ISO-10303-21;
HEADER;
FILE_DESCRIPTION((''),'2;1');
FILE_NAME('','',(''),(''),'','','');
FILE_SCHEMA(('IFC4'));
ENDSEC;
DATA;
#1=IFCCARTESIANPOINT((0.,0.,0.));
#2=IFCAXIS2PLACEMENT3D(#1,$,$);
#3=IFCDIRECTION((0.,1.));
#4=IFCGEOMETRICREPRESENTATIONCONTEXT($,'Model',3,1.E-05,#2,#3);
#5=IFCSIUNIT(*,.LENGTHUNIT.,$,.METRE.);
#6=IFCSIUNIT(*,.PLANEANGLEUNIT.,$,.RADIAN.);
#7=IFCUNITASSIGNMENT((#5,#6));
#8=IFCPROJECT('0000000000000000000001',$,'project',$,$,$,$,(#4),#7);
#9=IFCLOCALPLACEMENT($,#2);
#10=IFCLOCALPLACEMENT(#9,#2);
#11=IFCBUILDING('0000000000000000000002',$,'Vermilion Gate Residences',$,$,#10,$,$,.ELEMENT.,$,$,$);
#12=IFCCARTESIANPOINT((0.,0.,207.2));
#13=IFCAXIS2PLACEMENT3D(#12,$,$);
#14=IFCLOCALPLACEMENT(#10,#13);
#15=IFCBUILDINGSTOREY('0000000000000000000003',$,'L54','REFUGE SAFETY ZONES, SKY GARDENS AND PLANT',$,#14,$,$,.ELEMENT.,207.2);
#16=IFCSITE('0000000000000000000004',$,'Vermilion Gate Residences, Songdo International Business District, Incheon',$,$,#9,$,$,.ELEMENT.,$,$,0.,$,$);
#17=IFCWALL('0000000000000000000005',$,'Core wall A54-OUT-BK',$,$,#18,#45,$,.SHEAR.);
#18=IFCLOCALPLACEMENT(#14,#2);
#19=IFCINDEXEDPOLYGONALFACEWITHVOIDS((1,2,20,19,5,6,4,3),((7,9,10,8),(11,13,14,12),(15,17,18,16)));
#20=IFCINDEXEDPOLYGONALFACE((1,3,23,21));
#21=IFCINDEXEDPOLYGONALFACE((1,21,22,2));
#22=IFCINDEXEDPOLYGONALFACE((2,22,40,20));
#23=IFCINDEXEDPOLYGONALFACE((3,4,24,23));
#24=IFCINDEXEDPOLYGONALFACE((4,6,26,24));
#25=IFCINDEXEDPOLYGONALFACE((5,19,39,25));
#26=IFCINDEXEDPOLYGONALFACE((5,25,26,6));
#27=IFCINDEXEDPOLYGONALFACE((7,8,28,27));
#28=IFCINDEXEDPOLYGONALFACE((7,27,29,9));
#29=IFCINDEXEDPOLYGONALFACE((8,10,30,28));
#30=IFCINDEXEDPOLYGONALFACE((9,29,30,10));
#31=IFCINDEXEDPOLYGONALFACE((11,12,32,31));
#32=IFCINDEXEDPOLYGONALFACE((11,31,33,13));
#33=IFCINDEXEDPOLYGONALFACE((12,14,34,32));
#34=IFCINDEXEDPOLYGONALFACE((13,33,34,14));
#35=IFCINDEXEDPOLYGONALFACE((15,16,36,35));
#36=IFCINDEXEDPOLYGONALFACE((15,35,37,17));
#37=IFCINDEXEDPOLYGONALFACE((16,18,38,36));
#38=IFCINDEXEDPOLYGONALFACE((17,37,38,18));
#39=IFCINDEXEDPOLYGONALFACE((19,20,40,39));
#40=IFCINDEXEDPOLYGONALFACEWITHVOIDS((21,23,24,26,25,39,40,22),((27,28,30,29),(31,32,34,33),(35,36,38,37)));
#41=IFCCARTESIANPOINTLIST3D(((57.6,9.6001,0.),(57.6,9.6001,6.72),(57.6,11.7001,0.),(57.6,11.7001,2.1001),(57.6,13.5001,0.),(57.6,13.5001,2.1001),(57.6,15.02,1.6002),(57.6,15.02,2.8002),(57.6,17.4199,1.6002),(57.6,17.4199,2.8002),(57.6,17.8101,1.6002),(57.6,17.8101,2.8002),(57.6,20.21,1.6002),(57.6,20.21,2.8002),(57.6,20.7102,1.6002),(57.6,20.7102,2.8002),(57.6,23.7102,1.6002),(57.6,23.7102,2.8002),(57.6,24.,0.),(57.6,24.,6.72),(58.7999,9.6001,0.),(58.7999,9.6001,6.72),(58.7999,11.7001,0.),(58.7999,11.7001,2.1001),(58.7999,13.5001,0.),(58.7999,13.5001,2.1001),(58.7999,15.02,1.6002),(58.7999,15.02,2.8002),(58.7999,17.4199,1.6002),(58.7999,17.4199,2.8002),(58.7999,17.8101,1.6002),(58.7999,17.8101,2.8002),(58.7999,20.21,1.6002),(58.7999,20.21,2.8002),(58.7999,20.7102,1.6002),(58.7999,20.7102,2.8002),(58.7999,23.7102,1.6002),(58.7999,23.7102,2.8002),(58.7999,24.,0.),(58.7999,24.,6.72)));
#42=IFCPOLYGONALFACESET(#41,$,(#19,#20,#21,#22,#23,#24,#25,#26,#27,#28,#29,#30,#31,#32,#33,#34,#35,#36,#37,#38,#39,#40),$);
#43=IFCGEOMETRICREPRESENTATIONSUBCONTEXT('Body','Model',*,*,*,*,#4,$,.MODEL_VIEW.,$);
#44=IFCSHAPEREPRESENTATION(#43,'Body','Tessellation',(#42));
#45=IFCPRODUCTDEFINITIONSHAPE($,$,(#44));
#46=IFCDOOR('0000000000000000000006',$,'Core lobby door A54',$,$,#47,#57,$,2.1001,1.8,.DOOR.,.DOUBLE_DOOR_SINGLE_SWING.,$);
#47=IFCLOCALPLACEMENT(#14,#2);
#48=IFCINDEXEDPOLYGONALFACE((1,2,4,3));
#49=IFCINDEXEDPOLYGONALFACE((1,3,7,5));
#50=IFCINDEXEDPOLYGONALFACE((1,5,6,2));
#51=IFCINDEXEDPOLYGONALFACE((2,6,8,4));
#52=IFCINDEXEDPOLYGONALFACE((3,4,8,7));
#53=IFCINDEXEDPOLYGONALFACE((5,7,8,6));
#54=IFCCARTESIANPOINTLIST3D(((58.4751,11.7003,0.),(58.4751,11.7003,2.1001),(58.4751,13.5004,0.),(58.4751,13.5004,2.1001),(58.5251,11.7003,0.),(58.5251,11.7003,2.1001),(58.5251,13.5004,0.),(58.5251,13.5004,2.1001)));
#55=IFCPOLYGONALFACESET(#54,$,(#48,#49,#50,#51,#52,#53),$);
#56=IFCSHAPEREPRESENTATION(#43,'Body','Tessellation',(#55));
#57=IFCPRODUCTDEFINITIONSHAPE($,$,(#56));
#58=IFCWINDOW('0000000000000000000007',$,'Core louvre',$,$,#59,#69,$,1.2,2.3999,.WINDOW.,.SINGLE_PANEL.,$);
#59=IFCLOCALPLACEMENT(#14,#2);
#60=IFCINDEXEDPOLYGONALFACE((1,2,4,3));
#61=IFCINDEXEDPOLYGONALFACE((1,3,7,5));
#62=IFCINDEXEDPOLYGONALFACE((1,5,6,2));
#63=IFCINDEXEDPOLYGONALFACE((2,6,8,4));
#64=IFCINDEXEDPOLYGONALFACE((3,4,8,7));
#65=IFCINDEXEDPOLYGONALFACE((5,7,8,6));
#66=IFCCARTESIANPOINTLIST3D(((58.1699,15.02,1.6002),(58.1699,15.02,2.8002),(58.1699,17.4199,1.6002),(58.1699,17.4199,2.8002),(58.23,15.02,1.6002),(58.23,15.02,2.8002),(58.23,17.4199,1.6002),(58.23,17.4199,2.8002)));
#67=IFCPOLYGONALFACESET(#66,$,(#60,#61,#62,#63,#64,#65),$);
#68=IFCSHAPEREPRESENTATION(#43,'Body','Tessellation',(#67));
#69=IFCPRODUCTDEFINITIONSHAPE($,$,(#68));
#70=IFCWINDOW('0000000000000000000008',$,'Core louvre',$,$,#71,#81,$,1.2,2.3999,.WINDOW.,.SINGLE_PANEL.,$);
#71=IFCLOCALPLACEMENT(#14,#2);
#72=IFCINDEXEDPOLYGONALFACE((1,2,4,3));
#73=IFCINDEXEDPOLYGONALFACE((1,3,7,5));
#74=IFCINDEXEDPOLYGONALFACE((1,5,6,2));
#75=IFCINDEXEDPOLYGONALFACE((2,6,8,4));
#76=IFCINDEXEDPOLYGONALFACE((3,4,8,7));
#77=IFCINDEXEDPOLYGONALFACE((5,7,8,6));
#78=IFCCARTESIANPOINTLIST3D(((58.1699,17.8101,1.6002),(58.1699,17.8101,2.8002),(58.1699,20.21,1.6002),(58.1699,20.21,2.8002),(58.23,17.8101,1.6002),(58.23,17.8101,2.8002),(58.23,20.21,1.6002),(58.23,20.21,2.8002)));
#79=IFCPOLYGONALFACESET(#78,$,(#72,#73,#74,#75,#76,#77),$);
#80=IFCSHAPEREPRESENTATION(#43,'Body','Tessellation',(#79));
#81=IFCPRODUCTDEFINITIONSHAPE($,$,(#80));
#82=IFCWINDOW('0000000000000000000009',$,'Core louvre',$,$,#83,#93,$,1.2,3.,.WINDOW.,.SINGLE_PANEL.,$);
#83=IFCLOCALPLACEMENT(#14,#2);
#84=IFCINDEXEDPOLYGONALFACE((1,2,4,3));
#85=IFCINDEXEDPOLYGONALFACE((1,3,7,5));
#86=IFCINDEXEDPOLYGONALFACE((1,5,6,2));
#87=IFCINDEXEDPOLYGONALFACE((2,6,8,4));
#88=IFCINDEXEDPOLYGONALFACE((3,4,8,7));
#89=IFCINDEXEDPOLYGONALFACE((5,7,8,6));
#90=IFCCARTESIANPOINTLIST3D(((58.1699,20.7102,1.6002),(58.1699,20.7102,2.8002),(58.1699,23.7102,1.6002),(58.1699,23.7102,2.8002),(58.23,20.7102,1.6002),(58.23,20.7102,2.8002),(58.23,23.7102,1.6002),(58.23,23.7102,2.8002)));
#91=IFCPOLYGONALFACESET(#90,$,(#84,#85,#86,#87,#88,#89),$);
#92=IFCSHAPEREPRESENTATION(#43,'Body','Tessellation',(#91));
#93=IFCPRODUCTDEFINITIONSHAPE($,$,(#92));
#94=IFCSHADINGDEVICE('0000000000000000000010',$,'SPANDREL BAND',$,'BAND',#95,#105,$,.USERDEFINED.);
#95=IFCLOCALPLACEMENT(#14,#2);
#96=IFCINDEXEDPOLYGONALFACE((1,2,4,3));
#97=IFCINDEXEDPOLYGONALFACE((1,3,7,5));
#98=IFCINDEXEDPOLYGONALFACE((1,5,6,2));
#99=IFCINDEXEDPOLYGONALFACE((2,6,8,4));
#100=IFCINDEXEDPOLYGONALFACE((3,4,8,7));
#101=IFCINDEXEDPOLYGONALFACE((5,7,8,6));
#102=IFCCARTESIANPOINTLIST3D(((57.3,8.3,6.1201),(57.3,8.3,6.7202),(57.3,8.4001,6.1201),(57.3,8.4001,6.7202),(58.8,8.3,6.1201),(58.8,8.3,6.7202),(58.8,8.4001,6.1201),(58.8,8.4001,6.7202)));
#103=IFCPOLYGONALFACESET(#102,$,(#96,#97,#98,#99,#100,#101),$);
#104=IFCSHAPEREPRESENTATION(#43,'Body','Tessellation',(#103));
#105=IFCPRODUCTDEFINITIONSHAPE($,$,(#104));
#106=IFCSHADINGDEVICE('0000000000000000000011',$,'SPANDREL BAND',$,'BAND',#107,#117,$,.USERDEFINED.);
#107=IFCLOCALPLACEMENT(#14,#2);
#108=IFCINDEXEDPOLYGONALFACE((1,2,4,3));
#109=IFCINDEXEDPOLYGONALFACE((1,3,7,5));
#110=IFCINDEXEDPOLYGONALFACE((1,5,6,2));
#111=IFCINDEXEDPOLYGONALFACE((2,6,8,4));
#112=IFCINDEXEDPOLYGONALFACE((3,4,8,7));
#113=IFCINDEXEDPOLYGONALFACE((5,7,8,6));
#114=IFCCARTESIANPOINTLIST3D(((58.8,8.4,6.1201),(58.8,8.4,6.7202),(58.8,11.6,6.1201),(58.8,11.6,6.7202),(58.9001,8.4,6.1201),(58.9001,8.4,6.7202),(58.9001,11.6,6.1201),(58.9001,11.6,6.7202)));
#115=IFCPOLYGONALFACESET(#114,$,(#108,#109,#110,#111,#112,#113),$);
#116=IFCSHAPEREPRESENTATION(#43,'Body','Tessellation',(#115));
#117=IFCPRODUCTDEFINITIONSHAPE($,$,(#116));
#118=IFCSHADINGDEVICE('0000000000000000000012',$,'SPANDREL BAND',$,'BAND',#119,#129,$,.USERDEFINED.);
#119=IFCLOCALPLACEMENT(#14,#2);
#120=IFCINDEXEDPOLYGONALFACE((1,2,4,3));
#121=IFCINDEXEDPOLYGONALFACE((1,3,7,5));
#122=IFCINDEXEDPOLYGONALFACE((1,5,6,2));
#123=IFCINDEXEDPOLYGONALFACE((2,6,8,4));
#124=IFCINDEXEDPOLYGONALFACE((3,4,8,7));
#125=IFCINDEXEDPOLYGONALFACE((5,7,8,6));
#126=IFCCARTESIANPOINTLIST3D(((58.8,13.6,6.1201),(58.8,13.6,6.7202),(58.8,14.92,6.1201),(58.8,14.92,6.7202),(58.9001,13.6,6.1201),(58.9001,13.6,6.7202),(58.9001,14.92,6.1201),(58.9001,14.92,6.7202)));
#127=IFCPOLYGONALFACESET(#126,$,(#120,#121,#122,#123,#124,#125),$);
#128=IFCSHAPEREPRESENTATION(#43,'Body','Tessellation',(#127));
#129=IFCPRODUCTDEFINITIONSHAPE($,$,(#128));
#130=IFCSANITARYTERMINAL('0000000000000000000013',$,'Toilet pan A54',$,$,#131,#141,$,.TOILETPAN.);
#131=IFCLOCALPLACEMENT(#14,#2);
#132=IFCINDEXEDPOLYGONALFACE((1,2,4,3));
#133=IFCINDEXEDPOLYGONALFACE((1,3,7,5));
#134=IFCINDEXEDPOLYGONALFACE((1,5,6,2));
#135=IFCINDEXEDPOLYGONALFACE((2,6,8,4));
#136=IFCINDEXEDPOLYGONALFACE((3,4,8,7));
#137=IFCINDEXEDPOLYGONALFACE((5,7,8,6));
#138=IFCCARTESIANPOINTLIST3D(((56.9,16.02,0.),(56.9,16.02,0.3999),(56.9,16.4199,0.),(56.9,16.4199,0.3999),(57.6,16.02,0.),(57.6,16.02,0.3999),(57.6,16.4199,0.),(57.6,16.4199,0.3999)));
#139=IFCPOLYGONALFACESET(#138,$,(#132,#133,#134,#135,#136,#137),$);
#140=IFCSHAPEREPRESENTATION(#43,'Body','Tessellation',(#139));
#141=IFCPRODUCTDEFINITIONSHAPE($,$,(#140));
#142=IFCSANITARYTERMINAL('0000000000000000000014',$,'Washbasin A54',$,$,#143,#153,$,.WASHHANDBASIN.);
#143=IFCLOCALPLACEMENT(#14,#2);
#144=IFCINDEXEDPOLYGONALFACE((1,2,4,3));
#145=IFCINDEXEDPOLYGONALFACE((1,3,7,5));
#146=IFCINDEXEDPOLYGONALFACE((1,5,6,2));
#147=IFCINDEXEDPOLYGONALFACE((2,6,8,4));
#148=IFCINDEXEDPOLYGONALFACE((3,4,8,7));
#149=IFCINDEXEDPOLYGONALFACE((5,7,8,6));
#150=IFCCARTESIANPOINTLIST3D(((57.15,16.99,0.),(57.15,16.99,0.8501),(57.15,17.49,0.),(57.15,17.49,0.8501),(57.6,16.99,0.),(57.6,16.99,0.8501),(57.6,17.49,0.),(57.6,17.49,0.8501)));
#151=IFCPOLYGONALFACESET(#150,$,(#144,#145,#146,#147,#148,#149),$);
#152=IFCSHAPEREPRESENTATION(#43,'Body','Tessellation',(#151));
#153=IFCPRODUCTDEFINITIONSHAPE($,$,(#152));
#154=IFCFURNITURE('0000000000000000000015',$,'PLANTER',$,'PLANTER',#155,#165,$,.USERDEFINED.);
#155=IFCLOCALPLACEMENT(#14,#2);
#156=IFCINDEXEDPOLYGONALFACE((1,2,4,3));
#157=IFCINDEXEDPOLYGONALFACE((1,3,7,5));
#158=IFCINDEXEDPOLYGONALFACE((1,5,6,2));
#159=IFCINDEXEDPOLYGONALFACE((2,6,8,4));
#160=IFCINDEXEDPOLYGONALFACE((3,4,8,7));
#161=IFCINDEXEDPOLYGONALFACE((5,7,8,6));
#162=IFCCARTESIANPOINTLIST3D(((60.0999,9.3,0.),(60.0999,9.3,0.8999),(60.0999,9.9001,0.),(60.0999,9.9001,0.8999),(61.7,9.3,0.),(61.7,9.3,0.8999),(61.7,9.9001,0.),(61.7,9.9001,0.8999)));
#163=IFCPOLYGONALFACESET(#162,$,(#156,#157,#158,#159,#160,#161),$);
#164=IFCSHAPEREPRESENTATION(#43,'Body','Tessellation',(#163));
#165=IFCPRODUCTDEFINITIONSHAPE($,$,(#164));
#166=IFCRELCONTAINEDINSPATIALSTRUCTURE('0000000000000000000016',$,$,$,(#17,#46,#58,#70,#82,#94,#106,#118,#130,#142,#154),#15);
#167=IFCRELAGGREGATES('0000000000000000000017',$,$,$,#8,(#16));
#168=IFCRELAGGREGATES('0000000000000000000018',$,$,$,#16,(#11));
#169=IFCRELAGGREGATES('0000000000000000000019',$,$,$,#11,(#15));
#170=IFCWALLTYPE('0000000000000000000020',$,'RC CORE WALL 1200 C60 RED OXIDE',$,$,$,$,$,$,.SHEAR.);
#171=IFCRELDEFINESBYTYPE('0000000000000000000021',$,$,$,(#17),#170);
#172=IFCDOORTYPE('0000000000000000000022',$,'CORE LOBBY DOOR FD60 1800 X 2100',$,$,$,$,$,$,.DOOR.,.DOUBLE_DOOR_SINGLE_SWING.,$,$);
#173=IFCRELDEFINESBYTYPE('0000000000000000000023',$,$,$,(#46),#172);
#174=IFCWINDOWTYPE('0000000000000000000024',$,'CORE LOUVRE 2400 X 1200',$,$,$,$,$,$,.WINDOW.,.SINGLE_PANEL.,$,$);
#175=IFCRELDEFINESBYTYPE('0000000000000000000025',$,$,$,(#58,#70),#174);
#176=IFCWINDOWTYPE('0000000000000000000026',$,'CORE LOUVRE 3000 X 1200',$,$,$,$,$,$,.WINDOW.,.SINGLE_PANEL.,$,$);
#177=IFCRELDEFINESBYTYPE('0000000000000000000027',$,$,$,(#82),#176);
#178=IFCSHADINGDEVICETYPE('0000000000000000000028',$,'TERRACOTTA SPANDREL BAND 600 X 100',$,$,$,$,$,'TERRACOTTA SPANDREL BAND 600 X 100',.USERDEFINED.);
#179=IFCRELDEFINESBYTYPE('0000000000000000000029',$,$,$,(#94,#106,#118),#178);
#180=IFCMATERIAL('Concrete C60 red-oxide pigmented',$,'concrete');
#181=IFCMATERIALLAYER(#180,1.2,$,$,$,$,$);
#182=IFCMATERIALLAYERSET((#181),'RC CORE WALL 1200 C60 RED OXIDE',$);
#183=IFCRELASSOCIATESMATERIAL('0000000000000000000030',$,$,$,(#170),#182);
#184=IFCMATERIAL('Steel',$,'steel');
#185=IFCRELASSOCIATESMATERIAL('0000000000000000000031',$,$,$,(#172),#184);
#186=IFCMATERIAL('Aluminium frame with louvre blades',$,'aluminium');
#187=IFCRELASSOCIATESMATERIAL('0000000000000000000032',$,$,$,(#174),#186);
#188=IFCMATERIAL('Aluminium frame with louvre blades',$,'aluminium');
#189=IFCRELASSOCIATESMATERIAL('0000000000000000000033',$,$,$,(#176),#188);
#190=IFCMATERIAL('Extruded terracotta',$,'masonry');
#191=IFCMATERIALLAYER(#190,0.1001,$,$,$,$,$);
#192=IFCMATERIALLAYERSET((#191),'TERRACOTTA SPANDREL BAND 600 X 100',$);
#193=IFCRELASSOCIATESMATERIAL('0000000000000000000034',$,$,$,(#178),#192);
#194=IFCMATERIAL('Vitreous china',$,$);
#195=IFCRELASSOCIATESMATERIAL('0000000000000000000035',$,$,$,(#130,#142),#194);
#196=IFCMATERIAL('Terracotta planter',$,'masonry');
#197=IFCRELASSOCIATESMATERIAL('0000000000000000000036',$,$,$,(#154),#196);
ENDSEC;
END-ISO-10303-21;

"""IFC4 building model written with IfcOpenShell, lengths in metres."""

from ifc_helpers import new_model, si_unit, direction, frame, frame_2d, origin, origin_2d, place, context, subcontext, project, spatial, rectangle, extrude, material, layer, layer_set, type_object, element, fill, save


model = new_model("IFC4")

# Units and contexts
model_context = context("Model", 3, precision=1e-05, world=origin(), true_north=direction((0.0, 1.0)))
body_context = subcontext(model_context, "Body", "Model", "MODEL_VIEW")
ifc_project = project(units=[si_unit("LENGTHUNIT", "METRE"), si_unit("PLANEANGLEUNIT", "RADIAN")], contexts=[model_context])

# Site, building, storey
site_placement = place(None, origin())
site = spatial("IfcSite", under=ifc_project, at=site_placement, Name="Vermilion Gate Residences, Songdo International Business District, Incheon", CompositionType="ELEMENT", RefElevation=0.0)
building_placement = place(site_placement, origin())
building = spatial("IfcBuilding", under=site, at=building_placement, Name="Vermilion Gate Residences", CompositionType="ELEMENT")
storey_placement = place(building_placement, frame((0.0, 0.0, 207.2)))
storey = spatial("IfcBuildingStorey", under=building, at=storey_placement, Name="L54", Description="REFUGE SAFETY ZONES, SKY GARDENS AND PLANT", CompositionType="ELEMENT", Elevation=207.2)

# Wall, openings, door, windows
ifc_material_1 = material(Name="Concrete C60 red-oxide pigmented", Category="concrete")
ifc_layer_1 = layer(ifc_material_1, 1.2)
ifc_layer_set_1 = layer_set([ifc_layer_1], Name="RC CORE WALL 1200 C60 RED OXIDE")
wall_type_1 = type_object("IfcWallType", Name="RC CORE WALL 1200 C60 RED OXIDE", PredefinedType="SHEAR", material=ifc_layer_set_1)
wall_1_placement = place(storey_placement, frame((58.2, 9.6001, 0.0), z_axis=(0.0, 0.0, 1.0), x_axis=(0.0, 1.0, 0.0)))
wall_1 = element("IfcWall", 1, at=wall_1_placement, inside=storey, type_object=wall_type_1, Name="Core wall A54-OUT-BK", PredefinedType="SHEAR", context=body_context, shape_type="SweptSolid", body=[
    extrude(rectangle(XDim=14.3999, YDim=1.2, at=frame_2d((7.2, 0.0))), origin(), (0.0, 0.0, 1.0), 6.72),
])
opening_1_placement = place(wall_1_placement, frame((2.1001, 0.0, 0.0)))
opening_1 = element("IfcOpeningElement", 2, at=opening_1_placement, cuts=wall_1, PredefinedType="OPENING", context=body_context, shape_type="SweptSolid", body=[
    extrude(rectangle(XDim=1.8, YDim=2.1001, at=frame_2d((0.8999, 1.05))), frame((0.0, 0.6099, 0.0), z_axis=(0.0, -1.0, 0.0), x_axis=(1.0, 0.0, 0.0)), (0.0, 0.0, 1.0), 1.22),
])
opening_2_placement = place(wall_1_placement, frame((5.4199, 0.0, 1.6001)))
opening_2 = element("IfcOpeningElement", 3, at=opening_2_placement, cuts=wall_1, PredefinedType="OPENING", context=body_context, shape_type="SweptSolid", body=[
    extrude(rectangle(XDim=2.3999, YDim=1.2, at=frame_2d((1.2, 0.6001))), frame((0.0, 0.6099, 0.0), z_axis=(0.0, -1.0, 0.0), x_axis=(1.0, 0.0, 0.0)), (0.0, 0.0, 1.0), 1.22),
])
opening_3_placement = place(wall_1_placement, frame((8.21, 0.0, 1.6001)))
opening_3 = element("IfcOpeningElement", 4, at=opening_3_placement, cuts=wall_1, PredefinedType="OPENING", context=body_context, shape_type="SweptSolid", body=[
    extrude(rectangle(XDim=2.3999, YDim=1.2, at=frame_2d((1.2, 0.6001))), frame((0.0, 0.6099, 0.0), z_axis=(0.0, -1.0, 0.0), x_axis=(1.0, 0.0, 0.0)), (0.0, 0.0, 1.0), 1.22),
])
opening_4_placement = place(wall_1_placement, frame((11.1101, 0.0, 1.6001)))
opening_4 = element("IfcOpeningElement", 5, at=opening_4_placement, cuts=wall_1, PredefinedType="OPENING", context=body_context, shape_type="SweptSolid", body=[
    extrude(rectangle(XDim=3.0, YDim=1.2, at=frame_2d((1.5, 0.6001))), frame((0.0, 0.6099, 0.0), z_axis=(0.0, -1.0, 0.0), x_axis=(1.0, 0.0, 0.0)), (0.0, 0.0, 1.0), 1.22),
])
ifc_material_2 = material(Name="Steel", Category="steel")
door_type_1 = type_object("IfcDoorType", Name="CORE LOBBY DOOR FD60 1800 X 2100", OperationType="DOUBLE_DOOR_SINGLE_SWING", PredefinedType="DOOR", material=ifc_material_2)
door_1_placement = place(opening_1_placement, frame((1.8, 0.0, 0.0), z_axis=(0.0, 0.0, 1.0), x_axis=(-1.0, 0.0, 0.0)))
door_1 = element("IfcDoor", 6, at=door_1_placement, inside=storey, type_object=door_type_1, Name="Core lobby door A54", OperationType="DOUBLE_DOOR_SINGLE_SWING", OverallHeight=2.1001, OverallWidth=1.8, PredefinedType="DOOR", context=body_context, shape_type="SweptSolid", body=[
    extrude(rectangle(XDim=1.8, YDim=2.1001, at=frame_2d((0.8999, 1.05))), frame((0.0, 0.3252, 0.0), z_axis=(0.0, -1.0, 0.0), x_axis=(1.0, 0.0, 0.0)), (0.0, 0.0, 1.0), 0.05),
])
fill(opening_1, door_1)
ifc_material_3 = material(Name="Aluminium frame with louvre blades", Category="aluminium")
window_type_1 = type_object("IfcWindowType", Name="CORE LOUVRE 2400 X 1200", PartitioningType="SINGLE_PANEL", PredefinedType="WINDOW", material=ifc_material_3)
window_1_placement = place(opening_2_placement, origin())
window_1 = element("IfcWindow", 7, at=window_1_placement, inside=storey, type_object=window_type_1, Name="Core louvre", OverallHeight=1.2, OverallWidth=2.3999, PartitioningType="SINGLE_PANEL", PredefinedType="WINDOW", context=body_context, shape_type="SweptSolid", body=[
    extrude(rectangle(XDim=2.3999, YDim=1.2, at=frame_2d((1.2, 0.6001))), frame((0.0, 0.03, 0.0), z_axis=(0.0, -1.0, 0.0), x_axis=(1.0, 0.0, 0.0)), (0.0, 0.0, 1.0), 0.0601),
])
fill(opening_2, window_1)
window_2_placement = place(opening_3_placement, origin())
window_2 = element("IfcWindow", 8, at=window_2_placement, inside=storey, type_object=window_type_1, Name="Core louvre", OverallHeight=1.2, OverallWidth=2.3999, PartitioningType="SINGLE_PANEL", PredefinedType="WINDOW", context=body_context, shape_type="SweptSolid", body=[
    extrude(rectangle(XDim=2.3999, YDim=1.2, at=frame_2d((1.2, 0.6001))), frame((0.0, 0.03, 0.0), z_axis=(0.0, -1.0, 0.0), x_axis=(1.0, 0.0, 0.0)), (0.0, 0.0, 1.0), 0.0601),
])
fill(opening_3, window_2)
ifc_material_4 = material(Name="Aluminium frame with louvre blades", Category="aluminium")
window_type_2 = type_object("IfcWindowType", Name="CORE LOUVRE 3000 X 1200", PartitioningType="SINGLE_PANEL", PredefinedType="WINDOW", material=ifc_material_4)
window_3_placement = place(opening_4_placement, origin())
window_3 = element("IfcWindow", 9, at=window_3_placement, inside=storey, type_object=window_type_2, Name="Core louvre", OverallHeight=1.2, OverallWidth=3.0, PartitioningType="SINGLE_PANEL", PredefinedType="WINDOW", context=body_context, shape_type="SweptSolid", body=[
    extrude(rectangle(XDim=3.0, YDim=1.2, at=frame_2d((1.5, 0.6001))), frame((0.0, 0.03, 0.0), z_axis=(0.0, -1.0, 0.0), x_axis=(1.0, 0.0, 0.0)), (0.0, 0.0, 1.0), 0.0601),
])
fill(opening_4, window_3)

# Shading devices
ifc_material_5 = material(Name="Extruded terracotta", Category="masonry")
ifc_layer_2 = layer(ifc_material_5, 0.1001)
ifc_layer_set_2 = layer_set([ifc_layer_2], Name="TERRACOTTA SPANDREL BAND 600 X 100")
shading_device_type = type_object("IfcShadingDeviceType", Name="TERRACOTTA SPANDREL BAND 600 X 100", ElementType="TERRACOTTA SPANDREL BAND 600 X 100", PredefinedType="USERDEFINED", material=ifc_layer_set_2)
shading_device_1_placement = place(storey_placement, frame((58.05, 8.3501, 6.1201), z_axis=(0.0, 0.0, 1.0), x_axis=(1.0, 0.0, 0.0)))
element("IfcShadingDevice", 10, at=shading_device_1_placement, inside=storey, type_object=shading_device_type, Name="SPANDREL BAND", ObjectType="BAND", PredefinedType="USERDEFINED", context=body_context, shape_type="SweptSolid", body=[
    extrude(rectangle(XDim=1.5, YDim=0.1001, at=origin_2d()), origin(), (0.0, 0.0, 1.0), 0.6001),
])
shading_device_2_placement = place(storey_placement, frame((58.8501, 10.0, 6.1201), z_axis=(0.0, 0.0, 1.0), x_axis=(0.0, 1.0, 0.0)))
element("IfcShadingDevice", 11, at=shading_device_2_placement, inside=storey, type_object=shading_device_type, Name="SPANDREL BAND", ObjectType="BAND", PredefinedType="USERDEFINED", context=body_context, shape_type="SweptSolid", body=[
    extrude(rectangle(XDim=3.2, YDim=0.1001, at=origin_2d()), origin(), (0.0, 0.0, 1.0), 0.6001),
])
shading_device_3_placement = place(storey_placement, frame((58.8501, 14.26, 6.1201), z_axis=(0.0, 0.0, 1.0), x_axis=(0.0, 1.0, 0.0)))
element("IfcShadingDevice", 12, at=shading_device_3_placement, inside=storey, type_object=shading_device_type, Name="SPANDREL BAND", ObjectType="BAND", PredefinedType="USERDEFINED", context=body_context, shape_type="SweptSolid", body=[
    extrude(rectangle(XDim=1.3201, YDim=0.1001, at=origin_2d()), origin(), (0.0, 0.0, 1.0), 0.6001),
])

# Sanitary terminals
ifc_material_6 = material(Name="Vitreous china")
sanitary_terminal_1_placement = place(storey_placement, frame((57.25, 16.22, 0.0), z_axis=(0.0, 0.0, 1.0), x_axis=(1.0, 0.0, 0.0)))
element("IfcSanitaryTerminal", 13, at=sanitary_terminal_1_placement, inside=storey, material=ifc_material_6, Name="Toilet pan A54", PredefinedType="TOILETPAN", context=body_context, shape_type="SweptSolid", body=[
    extrude(rectangle(XDim=0.7, YDim=0.3999, at=origin_2d()), origin(), (0.0, 0.0, 1.0), 0.3999),
])
sanitary_terminal_2_placement = place(storey_placement, frame((57.375, 17.24, 0.0), z_axis=(0.0, 0.0, 1.0), x_axis=(1.0, 0.0, 0.0)))
element("IfcSanitaryTerminal", 14, at=sanitary_terminal_2_placement, inside=storey, material=ifc_material_6, Name="Washbasin A54", PredefinedType="WASHHANDBASIN", context=body_context, shape_type="SweptSolid", body=[
    extrude(rectangle(XDim=0.45, YDim=0.5, at=origin_2d()), origin(), (0.0, 0.0, 1.0), 0.8501),
])

# Furniture
ifc_material_7 = material(Name="Terracotta planter", Category="masonry")
for number, where, z_axis, x_axis, name in (
    (15, (60.8999, 9.6001, 0.0), (0.0, 0.0, 1.0), (1.0, 0.0, 0.0), "PLANTER"),
):
    element("IfcFurniture", number, at=place(storey_placement, frame(where, z_axis=z_axis, x_axis=x_axis)), inside=storey, material=ifc_material_7, Name=name, ObjectType="PLANTER", PredefinedType="USERDEFINED", context=body_context, shape_type="SweptSolid", body=[
        extrude(rectangle(XDim=1.6001, YDim=0.6001, at=origin_2d()), origin(), (0.0, 0.0, 1.0), 0.8999),
    ])

save(model, "model.ifc")
